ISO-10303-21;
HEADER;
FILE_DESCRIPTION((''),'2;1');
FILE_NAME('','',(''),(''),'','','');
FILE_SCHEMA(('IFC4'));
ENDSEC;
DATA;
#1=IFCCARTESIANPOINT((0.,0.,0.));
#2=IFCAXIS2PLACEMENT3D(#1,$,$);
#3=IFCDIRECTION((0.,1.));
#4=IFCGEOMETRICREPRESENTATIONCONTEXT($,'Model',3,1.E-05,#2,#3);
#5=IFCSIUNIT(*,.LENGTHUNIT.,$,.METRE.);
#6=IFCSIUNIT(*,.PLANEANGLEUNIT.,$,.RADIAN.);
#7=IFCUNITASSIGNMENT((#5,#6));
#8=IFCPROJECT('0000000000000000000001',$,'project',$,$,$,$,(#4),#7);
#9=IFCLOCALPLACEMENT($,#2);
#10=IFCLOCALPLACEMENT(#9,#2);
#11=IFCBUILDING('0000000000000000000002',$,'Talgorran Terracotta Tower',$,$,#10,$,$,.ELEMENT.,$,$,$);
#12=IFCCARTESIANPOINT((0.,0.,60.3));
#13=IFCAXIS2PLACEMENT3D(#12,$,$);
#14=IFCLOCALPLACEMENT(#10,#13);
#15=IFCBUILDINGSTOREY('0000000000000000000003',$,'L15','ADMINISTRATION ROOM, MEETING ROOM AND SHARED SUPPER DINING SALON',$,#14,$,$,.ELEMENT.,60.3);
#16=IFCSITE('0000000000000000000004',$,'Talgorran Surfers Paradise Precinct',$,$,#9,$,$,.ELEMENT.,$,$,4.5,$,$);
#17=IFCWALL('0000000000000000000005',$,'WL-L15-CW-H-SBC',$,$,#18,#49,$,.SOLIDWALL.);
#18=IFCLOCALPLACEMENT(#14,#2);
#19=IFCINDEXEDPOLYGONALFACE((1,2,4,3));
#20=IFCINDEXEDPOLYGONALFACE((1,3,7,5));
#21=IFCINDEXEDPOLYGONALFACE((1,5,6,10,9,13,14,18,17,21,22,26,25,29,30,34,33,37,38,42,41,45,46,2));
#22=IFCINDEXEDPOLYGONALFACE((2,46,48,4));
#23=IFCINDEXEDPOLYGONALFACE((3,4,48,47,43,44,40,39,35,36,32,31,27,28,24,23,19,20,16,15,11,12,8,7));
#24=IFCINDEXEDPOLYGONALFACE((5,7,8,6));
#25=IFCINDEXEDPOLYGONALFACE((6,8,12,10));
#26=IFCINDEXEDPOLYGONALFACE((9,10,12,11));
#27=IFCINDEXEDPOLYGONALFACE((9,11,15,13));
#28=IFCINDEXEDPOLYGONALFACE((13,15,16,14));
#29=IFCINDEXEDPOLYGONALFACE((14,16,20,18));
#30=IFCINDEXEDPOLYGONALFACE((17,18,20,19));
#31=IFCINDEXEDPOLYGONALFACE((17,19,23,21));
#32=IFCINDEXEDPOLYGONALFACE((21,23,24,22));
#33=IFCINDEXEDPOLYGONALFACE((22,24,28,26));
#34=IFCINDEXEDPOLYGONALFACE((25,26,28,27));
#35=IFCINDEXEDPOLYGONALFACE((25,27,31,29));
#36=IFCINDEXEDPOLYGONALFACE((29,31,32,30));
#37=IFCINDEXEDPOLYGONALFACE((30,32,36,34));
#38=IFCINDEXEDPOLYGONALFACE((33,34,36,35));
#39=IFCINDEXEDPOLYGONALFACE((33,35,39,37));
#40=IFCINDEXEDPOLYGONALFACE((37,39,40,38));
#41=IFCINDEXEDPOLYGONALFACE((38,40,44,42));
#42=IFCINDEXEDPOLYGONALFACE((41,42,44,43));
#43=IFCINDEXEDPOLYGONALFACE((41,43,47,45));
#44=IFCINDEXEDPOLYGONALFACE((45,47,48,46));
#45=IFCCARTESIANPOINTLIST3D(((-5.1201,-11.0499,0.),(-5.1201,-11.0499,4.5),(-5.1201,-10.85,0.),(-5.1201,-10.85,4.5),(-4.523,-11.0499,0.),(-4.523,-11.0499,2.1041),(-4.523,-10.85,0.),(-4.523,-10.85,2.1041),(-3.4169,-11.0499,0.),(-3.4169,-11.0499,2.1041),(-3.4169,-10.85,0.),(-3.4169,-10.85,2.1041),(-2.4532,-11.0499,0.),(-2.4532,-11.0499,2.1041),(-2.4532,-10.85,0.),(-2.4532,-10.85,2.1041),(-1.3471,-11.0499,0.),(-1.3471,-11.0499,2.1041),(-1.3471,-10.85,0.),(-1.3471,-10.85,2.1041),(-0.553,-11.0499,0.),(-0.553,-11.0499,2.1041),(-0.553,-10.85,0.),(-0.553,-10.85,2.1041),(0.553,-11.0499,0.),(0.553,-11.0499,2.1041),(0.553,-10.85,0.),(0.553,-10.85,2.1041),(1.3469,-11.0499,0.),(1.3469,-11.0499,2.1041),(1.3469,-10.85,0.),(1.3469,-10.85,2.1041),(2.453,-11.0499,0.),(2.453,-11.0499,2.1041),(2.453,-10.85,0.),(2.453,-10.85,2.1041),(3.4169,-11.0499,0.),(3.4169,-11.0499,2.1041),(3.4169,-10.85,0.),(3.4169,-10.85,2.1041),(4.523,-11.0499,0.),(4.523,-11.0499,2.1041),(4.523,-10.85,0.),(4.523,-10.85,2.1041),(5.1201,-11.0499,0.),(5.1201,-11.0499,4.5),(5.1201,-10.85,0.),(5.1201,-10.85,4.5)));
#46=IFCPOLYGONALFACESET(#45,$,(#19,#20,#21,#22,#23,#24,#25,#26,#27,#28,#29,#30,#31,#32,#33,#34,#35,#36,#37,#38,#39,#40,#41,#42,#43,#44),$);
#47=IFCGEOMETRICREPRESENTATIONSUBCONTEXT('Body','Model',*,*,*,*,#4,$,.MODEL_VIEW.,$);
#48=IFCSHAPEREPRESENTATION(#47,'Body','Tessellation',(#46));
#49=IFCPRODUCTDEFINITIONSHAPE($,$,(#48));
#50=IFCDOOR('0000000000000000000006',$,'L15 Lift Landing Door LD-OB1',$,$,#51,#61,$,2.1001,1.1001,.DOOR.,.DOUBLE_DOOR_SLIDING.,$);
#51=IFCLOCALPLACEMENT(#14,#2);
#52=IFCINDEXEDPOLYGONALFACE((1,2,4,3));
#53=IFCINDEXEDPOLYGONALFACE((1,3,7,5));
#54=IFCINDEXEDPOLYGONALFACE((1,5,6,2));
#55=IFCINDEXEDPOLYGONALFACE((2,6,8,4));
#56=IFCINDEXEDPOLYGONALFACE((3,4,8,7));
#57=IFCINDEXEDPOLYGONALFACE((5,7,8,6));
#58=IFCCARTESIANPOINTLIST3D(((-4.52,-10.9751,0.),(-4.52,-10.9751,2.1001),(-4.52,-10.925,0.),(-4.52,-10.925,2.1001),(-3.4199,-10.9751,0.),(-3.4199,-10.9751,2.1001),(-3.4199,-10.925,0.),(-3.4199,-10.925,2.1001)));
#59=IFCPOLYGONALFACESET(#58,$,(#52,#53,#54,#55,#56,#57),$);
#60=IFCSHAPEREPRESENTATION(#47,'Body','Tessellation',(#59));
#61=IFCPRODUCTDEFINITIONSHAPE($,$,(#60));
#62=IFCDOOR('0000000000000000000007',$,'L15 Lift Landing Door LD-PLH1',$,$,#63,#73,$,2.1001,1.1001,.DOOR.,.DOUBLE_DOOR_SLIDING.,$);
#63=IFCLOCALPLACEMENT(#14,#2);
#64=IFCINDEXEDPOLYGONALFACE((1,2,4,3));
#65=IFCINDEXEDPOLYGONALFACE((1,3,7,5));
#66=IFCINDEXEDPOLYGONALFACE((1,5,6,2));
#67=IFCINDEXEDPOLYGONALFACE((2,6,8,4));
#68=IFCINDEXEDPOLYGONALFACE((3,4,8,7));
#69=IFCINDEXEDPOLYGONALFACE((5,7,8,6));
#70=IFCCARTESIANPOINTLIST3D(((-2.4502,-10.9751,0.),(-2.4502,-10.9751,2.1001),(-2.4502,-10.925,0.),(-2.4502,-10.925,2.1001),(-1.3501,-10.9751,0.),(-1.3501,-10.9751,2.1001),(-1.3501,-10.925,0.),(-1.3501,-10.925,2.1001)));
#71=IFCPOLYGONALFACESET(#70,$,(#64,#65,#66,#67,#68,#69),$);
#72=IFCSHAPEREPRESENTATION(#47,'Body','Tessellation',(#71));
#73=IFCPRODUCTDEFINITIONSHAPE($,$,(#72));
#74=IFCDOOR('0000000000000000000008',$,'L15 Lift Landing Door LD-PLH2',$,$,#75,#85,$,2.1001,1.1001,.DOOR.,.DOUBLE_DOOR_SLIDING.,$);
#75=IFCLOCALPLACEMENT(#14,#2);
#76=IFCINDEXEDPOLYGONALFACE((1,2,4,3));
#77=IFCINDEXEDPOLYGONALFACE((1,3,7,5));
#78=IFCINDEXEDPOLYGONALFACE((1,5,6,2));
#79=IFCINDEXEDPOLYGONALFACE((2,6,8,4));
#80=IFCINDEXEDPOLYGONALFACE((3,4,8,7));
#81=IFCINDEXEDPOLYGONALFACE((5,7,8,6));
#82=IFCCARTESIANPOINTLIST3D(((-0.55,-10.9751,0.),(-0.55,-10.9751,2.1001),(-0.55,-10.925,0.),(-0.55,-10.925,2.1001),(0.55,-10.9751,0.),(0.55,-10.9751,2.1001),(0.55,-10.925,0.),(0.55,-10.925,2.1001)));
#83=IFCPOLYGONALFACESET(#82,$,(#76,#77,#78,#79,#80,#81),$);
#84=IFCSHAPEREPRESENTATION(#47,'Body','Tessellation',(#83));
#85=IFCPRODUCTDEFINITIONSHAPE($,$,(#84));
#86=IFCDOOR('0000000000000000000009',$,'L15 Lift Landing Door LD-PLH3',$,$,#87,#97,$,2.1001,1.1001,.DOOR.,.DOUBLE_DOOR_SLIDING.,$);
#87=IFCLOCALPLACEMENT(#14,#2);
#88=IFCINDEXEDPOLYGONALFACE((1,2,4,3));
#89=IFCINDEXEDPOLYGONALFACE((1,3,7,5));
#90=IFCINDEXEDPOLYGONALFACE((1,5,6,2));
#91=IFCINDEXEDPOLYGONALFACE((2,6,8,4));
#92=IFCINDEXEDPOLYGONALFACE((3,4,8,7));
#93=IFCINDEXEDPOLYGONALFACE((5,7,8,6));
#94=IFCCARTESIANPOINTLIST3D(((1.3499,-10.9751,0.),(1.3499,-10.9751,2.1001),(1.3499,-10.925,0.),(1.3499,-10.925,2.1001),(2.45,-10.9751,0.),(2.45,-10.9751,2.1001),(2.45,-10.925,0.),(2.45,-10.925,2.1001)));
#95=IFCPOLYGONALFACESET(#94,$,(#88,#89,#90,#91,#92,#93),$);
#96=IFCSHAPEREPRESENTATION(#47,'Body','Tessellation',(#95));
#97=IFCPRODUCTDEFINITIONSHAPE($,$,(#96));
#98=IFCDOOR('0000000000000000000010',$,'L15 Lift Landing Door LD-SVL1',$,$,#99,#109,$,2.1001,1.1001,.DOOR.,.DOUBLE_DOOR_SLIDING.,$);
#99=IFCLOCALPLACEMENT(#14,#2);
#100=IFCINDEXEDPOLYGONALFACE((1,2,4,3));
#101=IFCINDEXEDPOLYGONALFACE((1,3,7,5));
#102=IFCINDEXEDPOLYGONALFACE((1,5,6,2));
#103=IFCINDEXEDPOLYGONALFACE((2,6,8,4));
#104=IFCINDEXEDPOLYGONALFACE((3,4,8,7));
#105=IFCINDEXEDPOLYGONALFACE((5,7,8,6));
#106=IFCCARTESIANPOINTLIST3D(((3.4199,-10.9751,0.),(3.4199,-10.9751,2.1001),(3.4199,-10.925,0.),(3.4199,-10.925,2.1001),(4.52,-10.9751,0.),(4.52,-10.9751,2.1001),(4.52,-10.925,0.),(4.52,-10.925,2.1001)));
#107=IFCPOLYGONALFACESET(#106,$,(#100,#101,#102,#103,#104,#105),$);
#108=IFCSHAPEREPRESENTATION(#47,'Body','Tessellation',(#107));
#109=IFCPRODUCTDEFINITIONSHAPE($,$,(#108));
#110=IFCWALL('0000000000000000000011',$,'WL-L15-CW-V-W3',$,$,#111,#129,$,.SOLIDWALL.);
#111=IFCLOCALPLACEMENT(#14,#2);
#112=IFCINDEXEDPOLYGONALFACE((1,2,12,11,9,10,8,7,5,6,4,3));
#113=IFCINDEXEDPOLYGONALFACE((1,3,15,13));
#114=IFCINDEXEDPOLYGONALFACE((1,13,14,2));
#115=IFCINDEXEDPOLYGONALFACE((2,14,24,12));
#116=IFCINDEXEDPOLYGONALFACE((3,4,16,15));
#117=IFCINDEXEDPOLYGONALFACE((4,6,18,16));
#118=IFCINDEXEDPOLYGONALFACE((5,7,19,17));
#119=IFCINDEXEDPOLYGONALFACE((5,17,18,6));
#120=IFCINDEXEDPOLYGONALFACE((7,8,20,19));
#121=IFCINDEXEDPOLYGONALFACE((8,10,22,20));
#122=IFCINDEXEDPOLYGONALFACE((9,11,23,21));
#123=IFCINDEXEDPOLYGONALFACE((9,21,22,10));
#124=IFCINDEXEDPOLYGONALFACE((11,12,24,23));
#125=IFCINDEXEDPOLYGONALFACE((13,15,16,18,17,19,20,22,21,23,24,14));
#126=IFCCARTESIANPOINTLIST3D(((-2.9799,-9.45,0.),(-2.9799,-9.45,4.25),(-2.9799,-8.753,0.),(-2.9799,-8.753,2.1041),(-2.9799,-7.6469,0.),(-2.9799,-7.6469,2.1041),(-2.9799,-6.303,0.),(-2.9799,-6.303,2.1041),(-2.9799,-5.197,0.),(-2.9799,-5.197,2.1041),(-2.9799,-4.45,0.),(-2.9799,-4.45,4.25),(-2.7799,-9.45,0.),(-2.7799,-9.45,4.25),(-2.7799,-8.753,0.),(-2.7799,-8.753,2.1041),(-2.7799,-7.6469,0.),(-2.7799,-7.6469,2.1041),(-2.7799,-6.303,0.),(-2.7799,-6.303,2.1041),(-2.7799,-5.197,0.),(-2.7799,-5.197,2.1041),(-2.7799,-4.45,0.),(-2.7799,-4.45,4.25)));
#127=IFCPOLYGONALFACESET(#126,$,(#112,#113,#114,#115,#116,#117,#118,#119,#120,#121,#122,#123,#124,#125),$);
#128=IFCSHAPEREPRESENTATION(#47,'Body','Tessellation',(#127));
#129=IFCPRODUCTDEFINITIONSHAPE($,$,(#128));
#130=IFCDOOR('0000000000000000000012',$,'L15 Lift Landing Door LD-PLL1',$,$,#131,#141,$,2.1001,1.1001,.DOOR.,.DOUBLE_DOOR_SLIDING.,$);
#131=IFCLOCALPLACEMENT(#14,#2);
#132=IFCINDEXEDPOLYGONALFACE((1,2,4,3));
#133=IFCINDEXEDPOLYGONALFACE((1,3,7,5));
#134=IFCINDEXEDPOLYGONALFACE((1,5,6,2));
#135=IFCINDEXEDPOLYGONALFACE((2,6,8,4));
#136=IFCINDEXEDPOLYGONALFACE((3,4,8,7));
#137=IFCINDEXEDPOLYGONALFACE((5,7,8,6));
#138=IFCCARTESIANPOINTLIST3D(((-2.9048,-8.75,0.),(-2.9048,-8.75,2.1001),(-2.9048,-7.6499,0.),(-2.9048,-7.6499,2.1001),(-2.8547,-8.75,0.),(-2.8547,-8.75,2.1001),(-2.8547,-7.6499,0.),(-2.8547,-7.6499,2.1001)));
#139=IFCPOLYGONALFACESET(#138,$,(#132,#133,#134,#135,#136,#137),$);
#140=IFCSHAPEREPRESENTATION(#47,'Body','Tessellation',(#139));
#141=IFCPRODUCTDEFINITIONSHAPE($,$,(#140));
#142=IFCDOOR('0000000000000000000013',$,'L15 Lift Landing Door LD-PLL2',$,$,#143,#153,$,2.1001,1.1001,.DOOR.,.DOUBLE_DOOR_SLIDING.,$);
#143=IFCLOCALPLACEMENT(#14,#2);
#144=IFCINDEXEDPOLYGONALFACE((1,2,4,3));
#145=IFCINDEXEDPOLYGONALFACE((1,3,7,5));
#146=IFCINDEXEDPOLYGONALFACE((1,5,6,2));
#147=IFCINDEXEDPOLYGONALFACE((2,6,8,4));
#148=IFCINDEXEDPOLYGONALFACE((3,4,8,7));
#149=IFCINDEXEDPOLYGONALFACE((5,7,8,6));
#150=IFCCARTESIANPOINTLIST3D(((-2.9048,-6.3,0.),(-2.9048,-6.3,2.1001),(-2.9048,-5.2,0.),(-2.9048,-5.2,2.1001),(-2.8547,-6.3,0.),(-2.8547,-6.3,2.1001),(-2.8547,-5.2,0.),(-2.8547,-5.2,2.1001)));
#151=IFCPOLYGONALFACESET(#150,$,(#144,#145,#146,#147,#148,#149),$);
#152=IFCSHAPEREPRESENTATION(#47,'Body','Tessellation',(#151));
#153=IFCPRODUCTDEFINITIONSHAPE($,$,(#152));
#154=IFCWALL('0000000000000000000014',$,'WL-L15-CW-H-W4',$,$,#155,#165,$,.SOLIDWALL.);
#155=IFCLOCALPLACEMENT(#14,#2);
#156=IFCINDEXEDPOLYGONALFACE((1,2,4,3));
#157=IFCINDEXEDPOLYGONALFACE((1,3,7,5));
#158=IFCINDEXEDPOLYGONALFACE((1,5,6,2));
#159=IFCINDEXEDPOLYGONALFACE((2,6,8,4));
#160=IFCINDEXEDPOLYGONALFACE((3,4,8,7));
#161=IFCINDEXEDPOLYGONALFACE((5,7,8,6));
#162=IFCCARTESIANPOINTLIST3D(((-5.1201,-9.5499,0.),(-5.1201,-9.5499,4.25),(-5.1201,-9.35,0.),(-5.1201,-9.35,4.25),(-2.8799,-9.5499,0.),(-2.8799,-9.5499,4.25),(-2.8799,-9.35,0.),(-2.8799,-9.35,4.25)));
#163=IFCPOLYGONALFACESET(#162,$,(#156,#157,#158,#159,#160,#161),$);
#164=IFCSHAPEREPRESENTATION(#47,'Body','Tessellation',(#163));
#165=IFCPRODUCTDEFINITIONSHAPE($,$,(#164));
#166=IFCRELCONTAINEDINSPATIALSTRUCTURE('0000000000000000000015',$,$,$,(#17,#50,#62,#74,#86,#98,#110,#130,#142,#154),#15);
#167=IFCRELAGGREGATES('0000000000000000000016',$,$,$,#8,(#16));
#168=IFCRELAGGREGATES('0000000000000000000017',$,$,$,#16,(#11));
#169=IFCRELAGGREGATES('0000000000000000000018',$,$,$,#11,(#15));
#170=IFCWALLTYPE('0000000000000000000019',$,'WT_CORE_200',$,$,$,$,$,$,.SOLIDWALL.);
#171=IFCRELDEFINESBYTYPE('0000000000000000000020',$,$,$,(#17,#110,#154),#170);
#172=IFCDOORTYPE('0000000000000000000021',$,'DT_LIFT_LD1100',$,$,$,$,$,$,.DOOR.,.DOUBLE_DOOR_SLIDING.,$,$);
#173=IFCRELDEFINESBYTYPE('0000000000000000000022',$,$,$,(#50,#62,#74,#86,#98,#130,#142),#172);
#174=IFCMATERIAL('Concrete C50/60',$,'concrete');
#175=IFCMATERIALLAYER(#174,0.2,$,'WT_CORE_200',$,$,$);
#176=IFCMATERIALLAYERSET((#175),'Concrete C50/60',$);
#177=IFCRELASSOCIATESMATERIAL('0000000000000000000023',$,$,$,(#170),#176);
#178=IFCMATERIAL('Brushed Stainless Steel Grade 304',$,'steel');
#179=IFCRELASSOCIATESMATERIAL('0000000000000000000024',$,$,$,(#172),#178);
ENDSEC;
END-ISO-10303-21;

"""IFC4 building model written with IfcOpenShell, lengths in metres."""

from ifc_helpers import new_model, si_unit, direction, frame, frame_2d, origin, place, context, subcontext, project, spatial, rectangle, extrude, material, layer, layer_set, type_object, element, fill, save


model = new_model("IFC4")

# Units and contexts
model_context = context("Model", 3, precision=1e-05, world=origin(), true_north=direction((0.0, 1.0)))
body_context = subcontext(model_context, "Body", "Model", "MODEL_VIEW")
ifc_project = project(units=[si_unit("LENGTHUNIT", "METRE"), si_unit("PLANEANGLEUNIT", "RADIAN")], contexts=[model_context])

# Site, building, storey
site_placement = place(None, origin())
site = spatial("IfcSite", under=ifc_project, at=site_placement, Name="Talgorran Surfers Paradise Precinct", CompositionType="ELEMENT", RefElevation=4.5)
building_placement = place(site_placement, origin())
building = spatial("IfcBuilding", under=site, at=building_placement, Name="Talgorran Terracotta Tower", CompositionType="ELEMENT")
storey_placement = place(building_placement, frame((0.0, 0.0, 60.3)))
storey = spatial("IfcBuildingStorey", under=building, at=storey_placement, Name="L15", Description="ADMINISTRATION ROOM, MEETING ROOM AND SHARED SUPPER DINING SALON", CompositionType="ELEMENT", Elevation=60.3)

# Walls, openings, doors
ifc_material_1 = material(Name="Concrete C50/60", Category="concrete")
ifc_layer_1 = layer(ifc_material_1, 0.2, Name="WT_CORE_200")
ifc_layer_set_1 = layer_set([ifc_layer_1], Name="Concrete C50/60")
wall_type_1 = type_object("IfcWallType", Name="WT_CORE_200", PredefinedType="SOLIDWALL", material=ifc_layer_set_1)
ifc_material_2 = material(Name="Brushed Stainless Steel Grade 304", Category="steel")
door_type_1 = type_object("IfcDoorType", Name="DT_LIFT_LD1100", OperationType="DOUBLE_DOOR_SLIDING", PredefinedType="DOOR", material=ifc_material_2)
wall_1_placement = place(storey_placement, frame((-5.1201, -10.95, 0.0), z_axis=(0.0, 0.0, 1.0), x_axis=(1.0, 0.0, 0.0)))
wall_1 = element("IfcWall", 1, at=wall_1_placement, inside=storey, type_object=wall_type_1, Name="WL-L15-CW-H-SBC", PredefinedType="SOLIDWALL", context=body_context, shape_type="SweptSolid", body=[
    extrude(rectangle(XDim=10.2402, YDim=0.2, at=frame_2d((5.1201, 0.0))), origin(), (0.0, 0.0, 1.0), 4.5),
])
opening_1_placement = place(wall_1_placement, frame((0.6001, 0.0, 0.0)))
opening_1 = element("IfcOpeningElement", 2, at=opening_1_placement, cuts=wall_1, PredefinedType="OPENING", context=body_context, shape_type="SweptSolid", body=[
    extrude(rectangle(XDim=1.1061, YDim=2.1041, at=frame_2d((0.55, 1.052))), frame((0.0, 0.1099, 0.0), z_axis=(0.0, -1.0, 0.0), x_axis=(1.0, 0.0, 0.0)), (0.0, 0.0, 1.0), 0.22),
])
opening_2_placement = place(wall_1_placement, frame((2.6699, 0.0, 0.0)))
opening_2 = element("IfcOpeningElement", 3, at=opening_2_placement, cuts=wall_1, PredefinedType="OPENING", context=body_context, shape_type="SweptSolid", body=[
    extrude(rectangle(XDim=1.1061, YDim=2.1041, at=frame_2d((0.55, 1.052))), frame((0.0, 0.1099, 0.0), z_axis=(0.0, -1.0, 0.0), x_axis=(1.0, 0.0, 0.0)), (0.0, 0.0, 1.0), 0.22),
])
opening_3_placement = place(wall_1_placement, frame((4.5701, 0.0, 0.0)))
opening_3 = element("IfcOpeningElement", 4, at=opening_3_placement, cuts=wall_1, PredefinedType="OPENING", context=body_context, shape_type="SweptSolid", body=[
    extrude(rectangle(XDim=1.1061, YDim=2.1041, at=frame_2d((0.55, 1.052))), frame((0.0, 0.1099, 0.0), z_axis=(0.0, -1.0, 0.0), x_axis=(1.0, 0.0, 0.0)), (0.0, 0.0, 1.0), 0.22),
])
opening_4_placement = place(wall_1_placement, frame((6.47, 0.0, 0.0)))
opening_4 = element("IfcOpeningElement", 5, at=opening_4_placement, cuts=wall_1, PredefinedType="OPENING", context=body_context, shape_type="SweptSolid", body=[
    extrude(rectangle(XDim=1.1061, YDim=2.1041, at=frame_2d((0.55, 1.052))), frame((0.0, 0.1099, 0.0), z_axis=(0.0, -1.0, 0.0), x_axis=(1.0, 0.0, 0.0)), (0.0, 0.0, 1.0), 0.22),
])
opening_5_placement = place(wall_1_placement, frame((8.54, 0.0, 0.0)))
opening_5 = element("IfcOpeningElement", 6, at=opening_5_placement, cuts=wall_1, PredefinedType="OPENING", context=body_context, shape_type="SweptSolid", body=[
    extrude(rectangle(XDim=1.1061, YDim=2.1041, at=frame_2d((0.55, 1.052))), frame((0.0, 0.1099, 0.0), z_axis=(0.0, -1.0, 0.0), x_axis=(1.0, 0.0, 0.0)), (0.0, 0.0, 1.0), 0.22),
])
door_1_placement = place(opening_1_placement, origin())
door_1 = element("IfcDoor", 7, at=door_1_placement, inside=storey, type_object=door_type_1, Name="L15 Lift Landing Door LD-OB1", OperationType="DOUBLE_DOOR_SLIDING", OverallHeight=2.1001, OverallWidth=1.1001, PredefinedType="DOOR", context=body_context, shape_type="SweptSolid", body=[
    extrude(rectangle(XDim=1.1001, YDim=2.1001, at=frame_2d((0.55, 1.05))), frame((0.0, 0.0249, 0.0), z_axis=(0.0, -1.0, 0.0), x_axis=(1.0, 0.0, 0.0)), (0.0, 0.0, 1.0), 0.05),
])
fill(opening_1, door_1)
door_2_placement = place(opening_2_placement, origin())
door_2 = element("IfcDoor", 8, at=door_2_placement, inside=storey, type_object=door_type_1, Name="L15 Lift Landing Door LD-PLH1", OperationType="DOUBLE_DOOR_SLIDING", OverallHeight=2.1001, OverallWidth=1.1001, PredefinedType="DOOR", context=body_context, shape_type="SweptSolid", body=[
    extrude(rectangle(XDim=1.1001, YDim=2.1001, at=frame_2d((0.55, 1.05))), frame((0.0, 0.0249, 0.0), z_axis=(0.0, -1.0, 0.0), x_axis=(1.0, 0.0, 0.0)), (0.0, 0.0, 1.0), 0.05),
])
fill(opening_2, door_2)
door_3_placement = place(opening_3_placement, origin())
door_3 = element("IfcDoor", 9, at=door_3_placement, inside=storey, type_object=door_type_1, Name="L15 Lift Landing Door LD-PLH2", OperationType="DOUBLE_DOOR_SLIDING", OverallHeight=2.1001, OverallWidth=1.1001, PredefinedType="DOOR", context=body_context, shape_type="SweptSolid", body=[
    extrude(rectangle(XDim=1.1001, YDim=2.1001, at=frame_2d((0.55, 1.05))), frame((0.0, 0.0249, 0.0), z_axis=(0.0, -1.0, 0.0), x_axis=(1.0, 0.0, 0.0)), (0.0, 0.0, 1.0), 0.05),
])
fill(opening_3, door_3)
door_4_placement = place(opening_4_placement, origin())
door_4 = element("IfcDoor", 10, at=door_4_placement, inside=storey, type_object=door_type_1, Name="L15 Lift Landing Door LD-PLH3", OperationType="DOUBLE_DOOR_SLIDING", OverallHeight=2.1001, OverallWidth=1.1001, PredefinedType="DOOR", context=body_context, shape_type="SweptSolid", body=[
    extrude(rectangle(XDim=1.1001, YDim=2.1001, at=frame_2d((0.55, 1.05))), frame((0.0, 0.0249, 0.0), z_axis=(0.0, -1.0, 0.0), x_axis=(1.0, 0.0, 0.0)), (0.0, 0.0, 1.0), 0.05),
])
fill(opening_4, door_4)
door_5_placement = place(opening_5_placement, origin())
door_5 = element("IfcDoor", 11, at=door_5_placement, inside=storey, type_object=door_type_1, Name="L15 Lift Landing Door LD-SVL1", OperationType="DOUBLE_DOOR_SLIDING", OverallHeight=2.1001, OverallWidth=1.1001, PredefinedType="DOOR", context=body_context, shape_type="SweptSolid", body=[
    extrude(rectangle(XDim=1.1001, YDim=2.1001, at=frame_2d((0.55, 1.05))), frame((0.0, 0.0249, 0.0), z_axis=(0.0, -1.0, 0.0), x_axis=(1.0, 0.0, 0.0)), (0.0, 0.0, 1.0), 0.05),
])
fill(opening_5, door_5)
wall_2_placement = place(storey_placement, frame((-2.8799, -9.45, 0.0), z_axis=(0.0, 0.0, 1.0), x_axis=(0.0, 1.0, 0.0)))
wall_2 = element("IfcWall", 12, at=wall_2_placement, inside=storey, type_object=wall_type_1, Name="WL-L15-CW-V-W3", PredefinedType="SOLIDWALL", context=body_context, shape_type="SweptSolid", body=[
    extrude(rectangle(XDim=5.0, YDim=0.2, at=frame_2d((2.5, 0.0))), origin(), (0.0, 0.0, 1.0), 4.25),
])
opening_6_placement = place(wall_2_placement, frame((0.7, 0.0, 0.0)))
opening_6 = element("IfcOpeningElement", 13, at=opening_6_placement, cuts=wall_2, PredefinedType="OPENING", context=body_context, shape_type="SweptSolid", body=[
    extrude(rectangle(XDim=1.1061, YDim=2.1041, at=frame_2d((0.55, 1.052))), frame((0.0, 0.1099, 0.0), z_axis=(0.0, -1.0, 0.0), x_axis=(1.0, 0.0, 0.0)), (0.0, 0.0, 1.0), 0.22),
])
opening_7_placement = place(wall_2_placement, frame((3.1499, 0.0, 0.0)))
opening_7 = element("IfcOpeningElement", 14, at=opening_7_placement, cuts=wall_2, PredefinedType="OPENING", context=body_context, shape_type="SweptSolid", body=[
    extrude(rectangle(XDim=1.1061, YDim=2.1041, at=frame_2d((0.55, 1.052))), frame((0.0, 0.1099, 0.0), z_axis=(0.0, -1.0, 0.0), x_axis=(1.0, 0.0, 0.0)), (0.0, 0.0, 1.0), 0.22),
])
door_6_placement = place(opening_6_placement, origin())
door_6 = element("IfcDoor", 15, at=door_6_placement, inside=storey, type_object=door_type_1, Name="L15 Lift Landing Door LD-PLL1", OperationType="DOUBLE_DOOR_SLIDING", OverallHeight=2.1001, OverallWidth=1.1001, PredefinedType="DOOR", context=body_context, shape_type="SweptSolid", body=[
    extrude(rectangle(XDim=1.1001, YDim=2.1001, at=frame_2d((0.55, 1.05))), frame((0.0, 0.0249, 0.0), z_axis=(0.0, -1.0, 0.0), x_axis=(1.0, 0.0, 0.0)), (0.0, 0.0, 1.0), 0.05),
])
fill(opening_6, door_6)
door_7_placement = place(opening_7_placement, origin())
door_7 = element("IfcDoor", 16, at=door_7_placement, inside=storey, type_object=door_type_1, Name="L15 Lift Landing Door LD-PLL2", OperationType="DOUBLE_DOOR_SLIDING", OverallHeight=2.1001, OverallWidth=1.1001, PredefinedType="DOOR", context=body_context, shape_type="SweptSolid", body=[
    extrude(rectangle(XDim=1.1001, YDim=2.1001, at=frame_2d((0.55, 1.05))), frame((0.0, 0.0249, 0.0), z_axis=(0.0, -1.0, 0.0), x_axis=(1.0, 0.0, 0.0)), (0.0, 0.0, 1.0), 0.05),
])
fill(opening_7, door_7)

# Wall
wall_3_placement = place(storey_placement, frame((-5.1201, -9.45, 0.0), z_axis=(0.0, 0.0, 1.0), x_axis=(1.0, 0.0, 0.0)))
element("IfcWall", 17, at=wall_3_placement, inside=storey, type_object=wall_type_1, Name="WL-L15-CW-H-W4", PredefinedType="SOLIDWALL", context=body_context, shape_type="SweptSolid", body=[
    extrude(rectangle(XDim=2.2402, YDim=0.2, at=frame_2d((1.1201, 0.0))), origin(), (0.0, 0.0, 1.0), 4.25),
])

save(model, "model.ifc")
